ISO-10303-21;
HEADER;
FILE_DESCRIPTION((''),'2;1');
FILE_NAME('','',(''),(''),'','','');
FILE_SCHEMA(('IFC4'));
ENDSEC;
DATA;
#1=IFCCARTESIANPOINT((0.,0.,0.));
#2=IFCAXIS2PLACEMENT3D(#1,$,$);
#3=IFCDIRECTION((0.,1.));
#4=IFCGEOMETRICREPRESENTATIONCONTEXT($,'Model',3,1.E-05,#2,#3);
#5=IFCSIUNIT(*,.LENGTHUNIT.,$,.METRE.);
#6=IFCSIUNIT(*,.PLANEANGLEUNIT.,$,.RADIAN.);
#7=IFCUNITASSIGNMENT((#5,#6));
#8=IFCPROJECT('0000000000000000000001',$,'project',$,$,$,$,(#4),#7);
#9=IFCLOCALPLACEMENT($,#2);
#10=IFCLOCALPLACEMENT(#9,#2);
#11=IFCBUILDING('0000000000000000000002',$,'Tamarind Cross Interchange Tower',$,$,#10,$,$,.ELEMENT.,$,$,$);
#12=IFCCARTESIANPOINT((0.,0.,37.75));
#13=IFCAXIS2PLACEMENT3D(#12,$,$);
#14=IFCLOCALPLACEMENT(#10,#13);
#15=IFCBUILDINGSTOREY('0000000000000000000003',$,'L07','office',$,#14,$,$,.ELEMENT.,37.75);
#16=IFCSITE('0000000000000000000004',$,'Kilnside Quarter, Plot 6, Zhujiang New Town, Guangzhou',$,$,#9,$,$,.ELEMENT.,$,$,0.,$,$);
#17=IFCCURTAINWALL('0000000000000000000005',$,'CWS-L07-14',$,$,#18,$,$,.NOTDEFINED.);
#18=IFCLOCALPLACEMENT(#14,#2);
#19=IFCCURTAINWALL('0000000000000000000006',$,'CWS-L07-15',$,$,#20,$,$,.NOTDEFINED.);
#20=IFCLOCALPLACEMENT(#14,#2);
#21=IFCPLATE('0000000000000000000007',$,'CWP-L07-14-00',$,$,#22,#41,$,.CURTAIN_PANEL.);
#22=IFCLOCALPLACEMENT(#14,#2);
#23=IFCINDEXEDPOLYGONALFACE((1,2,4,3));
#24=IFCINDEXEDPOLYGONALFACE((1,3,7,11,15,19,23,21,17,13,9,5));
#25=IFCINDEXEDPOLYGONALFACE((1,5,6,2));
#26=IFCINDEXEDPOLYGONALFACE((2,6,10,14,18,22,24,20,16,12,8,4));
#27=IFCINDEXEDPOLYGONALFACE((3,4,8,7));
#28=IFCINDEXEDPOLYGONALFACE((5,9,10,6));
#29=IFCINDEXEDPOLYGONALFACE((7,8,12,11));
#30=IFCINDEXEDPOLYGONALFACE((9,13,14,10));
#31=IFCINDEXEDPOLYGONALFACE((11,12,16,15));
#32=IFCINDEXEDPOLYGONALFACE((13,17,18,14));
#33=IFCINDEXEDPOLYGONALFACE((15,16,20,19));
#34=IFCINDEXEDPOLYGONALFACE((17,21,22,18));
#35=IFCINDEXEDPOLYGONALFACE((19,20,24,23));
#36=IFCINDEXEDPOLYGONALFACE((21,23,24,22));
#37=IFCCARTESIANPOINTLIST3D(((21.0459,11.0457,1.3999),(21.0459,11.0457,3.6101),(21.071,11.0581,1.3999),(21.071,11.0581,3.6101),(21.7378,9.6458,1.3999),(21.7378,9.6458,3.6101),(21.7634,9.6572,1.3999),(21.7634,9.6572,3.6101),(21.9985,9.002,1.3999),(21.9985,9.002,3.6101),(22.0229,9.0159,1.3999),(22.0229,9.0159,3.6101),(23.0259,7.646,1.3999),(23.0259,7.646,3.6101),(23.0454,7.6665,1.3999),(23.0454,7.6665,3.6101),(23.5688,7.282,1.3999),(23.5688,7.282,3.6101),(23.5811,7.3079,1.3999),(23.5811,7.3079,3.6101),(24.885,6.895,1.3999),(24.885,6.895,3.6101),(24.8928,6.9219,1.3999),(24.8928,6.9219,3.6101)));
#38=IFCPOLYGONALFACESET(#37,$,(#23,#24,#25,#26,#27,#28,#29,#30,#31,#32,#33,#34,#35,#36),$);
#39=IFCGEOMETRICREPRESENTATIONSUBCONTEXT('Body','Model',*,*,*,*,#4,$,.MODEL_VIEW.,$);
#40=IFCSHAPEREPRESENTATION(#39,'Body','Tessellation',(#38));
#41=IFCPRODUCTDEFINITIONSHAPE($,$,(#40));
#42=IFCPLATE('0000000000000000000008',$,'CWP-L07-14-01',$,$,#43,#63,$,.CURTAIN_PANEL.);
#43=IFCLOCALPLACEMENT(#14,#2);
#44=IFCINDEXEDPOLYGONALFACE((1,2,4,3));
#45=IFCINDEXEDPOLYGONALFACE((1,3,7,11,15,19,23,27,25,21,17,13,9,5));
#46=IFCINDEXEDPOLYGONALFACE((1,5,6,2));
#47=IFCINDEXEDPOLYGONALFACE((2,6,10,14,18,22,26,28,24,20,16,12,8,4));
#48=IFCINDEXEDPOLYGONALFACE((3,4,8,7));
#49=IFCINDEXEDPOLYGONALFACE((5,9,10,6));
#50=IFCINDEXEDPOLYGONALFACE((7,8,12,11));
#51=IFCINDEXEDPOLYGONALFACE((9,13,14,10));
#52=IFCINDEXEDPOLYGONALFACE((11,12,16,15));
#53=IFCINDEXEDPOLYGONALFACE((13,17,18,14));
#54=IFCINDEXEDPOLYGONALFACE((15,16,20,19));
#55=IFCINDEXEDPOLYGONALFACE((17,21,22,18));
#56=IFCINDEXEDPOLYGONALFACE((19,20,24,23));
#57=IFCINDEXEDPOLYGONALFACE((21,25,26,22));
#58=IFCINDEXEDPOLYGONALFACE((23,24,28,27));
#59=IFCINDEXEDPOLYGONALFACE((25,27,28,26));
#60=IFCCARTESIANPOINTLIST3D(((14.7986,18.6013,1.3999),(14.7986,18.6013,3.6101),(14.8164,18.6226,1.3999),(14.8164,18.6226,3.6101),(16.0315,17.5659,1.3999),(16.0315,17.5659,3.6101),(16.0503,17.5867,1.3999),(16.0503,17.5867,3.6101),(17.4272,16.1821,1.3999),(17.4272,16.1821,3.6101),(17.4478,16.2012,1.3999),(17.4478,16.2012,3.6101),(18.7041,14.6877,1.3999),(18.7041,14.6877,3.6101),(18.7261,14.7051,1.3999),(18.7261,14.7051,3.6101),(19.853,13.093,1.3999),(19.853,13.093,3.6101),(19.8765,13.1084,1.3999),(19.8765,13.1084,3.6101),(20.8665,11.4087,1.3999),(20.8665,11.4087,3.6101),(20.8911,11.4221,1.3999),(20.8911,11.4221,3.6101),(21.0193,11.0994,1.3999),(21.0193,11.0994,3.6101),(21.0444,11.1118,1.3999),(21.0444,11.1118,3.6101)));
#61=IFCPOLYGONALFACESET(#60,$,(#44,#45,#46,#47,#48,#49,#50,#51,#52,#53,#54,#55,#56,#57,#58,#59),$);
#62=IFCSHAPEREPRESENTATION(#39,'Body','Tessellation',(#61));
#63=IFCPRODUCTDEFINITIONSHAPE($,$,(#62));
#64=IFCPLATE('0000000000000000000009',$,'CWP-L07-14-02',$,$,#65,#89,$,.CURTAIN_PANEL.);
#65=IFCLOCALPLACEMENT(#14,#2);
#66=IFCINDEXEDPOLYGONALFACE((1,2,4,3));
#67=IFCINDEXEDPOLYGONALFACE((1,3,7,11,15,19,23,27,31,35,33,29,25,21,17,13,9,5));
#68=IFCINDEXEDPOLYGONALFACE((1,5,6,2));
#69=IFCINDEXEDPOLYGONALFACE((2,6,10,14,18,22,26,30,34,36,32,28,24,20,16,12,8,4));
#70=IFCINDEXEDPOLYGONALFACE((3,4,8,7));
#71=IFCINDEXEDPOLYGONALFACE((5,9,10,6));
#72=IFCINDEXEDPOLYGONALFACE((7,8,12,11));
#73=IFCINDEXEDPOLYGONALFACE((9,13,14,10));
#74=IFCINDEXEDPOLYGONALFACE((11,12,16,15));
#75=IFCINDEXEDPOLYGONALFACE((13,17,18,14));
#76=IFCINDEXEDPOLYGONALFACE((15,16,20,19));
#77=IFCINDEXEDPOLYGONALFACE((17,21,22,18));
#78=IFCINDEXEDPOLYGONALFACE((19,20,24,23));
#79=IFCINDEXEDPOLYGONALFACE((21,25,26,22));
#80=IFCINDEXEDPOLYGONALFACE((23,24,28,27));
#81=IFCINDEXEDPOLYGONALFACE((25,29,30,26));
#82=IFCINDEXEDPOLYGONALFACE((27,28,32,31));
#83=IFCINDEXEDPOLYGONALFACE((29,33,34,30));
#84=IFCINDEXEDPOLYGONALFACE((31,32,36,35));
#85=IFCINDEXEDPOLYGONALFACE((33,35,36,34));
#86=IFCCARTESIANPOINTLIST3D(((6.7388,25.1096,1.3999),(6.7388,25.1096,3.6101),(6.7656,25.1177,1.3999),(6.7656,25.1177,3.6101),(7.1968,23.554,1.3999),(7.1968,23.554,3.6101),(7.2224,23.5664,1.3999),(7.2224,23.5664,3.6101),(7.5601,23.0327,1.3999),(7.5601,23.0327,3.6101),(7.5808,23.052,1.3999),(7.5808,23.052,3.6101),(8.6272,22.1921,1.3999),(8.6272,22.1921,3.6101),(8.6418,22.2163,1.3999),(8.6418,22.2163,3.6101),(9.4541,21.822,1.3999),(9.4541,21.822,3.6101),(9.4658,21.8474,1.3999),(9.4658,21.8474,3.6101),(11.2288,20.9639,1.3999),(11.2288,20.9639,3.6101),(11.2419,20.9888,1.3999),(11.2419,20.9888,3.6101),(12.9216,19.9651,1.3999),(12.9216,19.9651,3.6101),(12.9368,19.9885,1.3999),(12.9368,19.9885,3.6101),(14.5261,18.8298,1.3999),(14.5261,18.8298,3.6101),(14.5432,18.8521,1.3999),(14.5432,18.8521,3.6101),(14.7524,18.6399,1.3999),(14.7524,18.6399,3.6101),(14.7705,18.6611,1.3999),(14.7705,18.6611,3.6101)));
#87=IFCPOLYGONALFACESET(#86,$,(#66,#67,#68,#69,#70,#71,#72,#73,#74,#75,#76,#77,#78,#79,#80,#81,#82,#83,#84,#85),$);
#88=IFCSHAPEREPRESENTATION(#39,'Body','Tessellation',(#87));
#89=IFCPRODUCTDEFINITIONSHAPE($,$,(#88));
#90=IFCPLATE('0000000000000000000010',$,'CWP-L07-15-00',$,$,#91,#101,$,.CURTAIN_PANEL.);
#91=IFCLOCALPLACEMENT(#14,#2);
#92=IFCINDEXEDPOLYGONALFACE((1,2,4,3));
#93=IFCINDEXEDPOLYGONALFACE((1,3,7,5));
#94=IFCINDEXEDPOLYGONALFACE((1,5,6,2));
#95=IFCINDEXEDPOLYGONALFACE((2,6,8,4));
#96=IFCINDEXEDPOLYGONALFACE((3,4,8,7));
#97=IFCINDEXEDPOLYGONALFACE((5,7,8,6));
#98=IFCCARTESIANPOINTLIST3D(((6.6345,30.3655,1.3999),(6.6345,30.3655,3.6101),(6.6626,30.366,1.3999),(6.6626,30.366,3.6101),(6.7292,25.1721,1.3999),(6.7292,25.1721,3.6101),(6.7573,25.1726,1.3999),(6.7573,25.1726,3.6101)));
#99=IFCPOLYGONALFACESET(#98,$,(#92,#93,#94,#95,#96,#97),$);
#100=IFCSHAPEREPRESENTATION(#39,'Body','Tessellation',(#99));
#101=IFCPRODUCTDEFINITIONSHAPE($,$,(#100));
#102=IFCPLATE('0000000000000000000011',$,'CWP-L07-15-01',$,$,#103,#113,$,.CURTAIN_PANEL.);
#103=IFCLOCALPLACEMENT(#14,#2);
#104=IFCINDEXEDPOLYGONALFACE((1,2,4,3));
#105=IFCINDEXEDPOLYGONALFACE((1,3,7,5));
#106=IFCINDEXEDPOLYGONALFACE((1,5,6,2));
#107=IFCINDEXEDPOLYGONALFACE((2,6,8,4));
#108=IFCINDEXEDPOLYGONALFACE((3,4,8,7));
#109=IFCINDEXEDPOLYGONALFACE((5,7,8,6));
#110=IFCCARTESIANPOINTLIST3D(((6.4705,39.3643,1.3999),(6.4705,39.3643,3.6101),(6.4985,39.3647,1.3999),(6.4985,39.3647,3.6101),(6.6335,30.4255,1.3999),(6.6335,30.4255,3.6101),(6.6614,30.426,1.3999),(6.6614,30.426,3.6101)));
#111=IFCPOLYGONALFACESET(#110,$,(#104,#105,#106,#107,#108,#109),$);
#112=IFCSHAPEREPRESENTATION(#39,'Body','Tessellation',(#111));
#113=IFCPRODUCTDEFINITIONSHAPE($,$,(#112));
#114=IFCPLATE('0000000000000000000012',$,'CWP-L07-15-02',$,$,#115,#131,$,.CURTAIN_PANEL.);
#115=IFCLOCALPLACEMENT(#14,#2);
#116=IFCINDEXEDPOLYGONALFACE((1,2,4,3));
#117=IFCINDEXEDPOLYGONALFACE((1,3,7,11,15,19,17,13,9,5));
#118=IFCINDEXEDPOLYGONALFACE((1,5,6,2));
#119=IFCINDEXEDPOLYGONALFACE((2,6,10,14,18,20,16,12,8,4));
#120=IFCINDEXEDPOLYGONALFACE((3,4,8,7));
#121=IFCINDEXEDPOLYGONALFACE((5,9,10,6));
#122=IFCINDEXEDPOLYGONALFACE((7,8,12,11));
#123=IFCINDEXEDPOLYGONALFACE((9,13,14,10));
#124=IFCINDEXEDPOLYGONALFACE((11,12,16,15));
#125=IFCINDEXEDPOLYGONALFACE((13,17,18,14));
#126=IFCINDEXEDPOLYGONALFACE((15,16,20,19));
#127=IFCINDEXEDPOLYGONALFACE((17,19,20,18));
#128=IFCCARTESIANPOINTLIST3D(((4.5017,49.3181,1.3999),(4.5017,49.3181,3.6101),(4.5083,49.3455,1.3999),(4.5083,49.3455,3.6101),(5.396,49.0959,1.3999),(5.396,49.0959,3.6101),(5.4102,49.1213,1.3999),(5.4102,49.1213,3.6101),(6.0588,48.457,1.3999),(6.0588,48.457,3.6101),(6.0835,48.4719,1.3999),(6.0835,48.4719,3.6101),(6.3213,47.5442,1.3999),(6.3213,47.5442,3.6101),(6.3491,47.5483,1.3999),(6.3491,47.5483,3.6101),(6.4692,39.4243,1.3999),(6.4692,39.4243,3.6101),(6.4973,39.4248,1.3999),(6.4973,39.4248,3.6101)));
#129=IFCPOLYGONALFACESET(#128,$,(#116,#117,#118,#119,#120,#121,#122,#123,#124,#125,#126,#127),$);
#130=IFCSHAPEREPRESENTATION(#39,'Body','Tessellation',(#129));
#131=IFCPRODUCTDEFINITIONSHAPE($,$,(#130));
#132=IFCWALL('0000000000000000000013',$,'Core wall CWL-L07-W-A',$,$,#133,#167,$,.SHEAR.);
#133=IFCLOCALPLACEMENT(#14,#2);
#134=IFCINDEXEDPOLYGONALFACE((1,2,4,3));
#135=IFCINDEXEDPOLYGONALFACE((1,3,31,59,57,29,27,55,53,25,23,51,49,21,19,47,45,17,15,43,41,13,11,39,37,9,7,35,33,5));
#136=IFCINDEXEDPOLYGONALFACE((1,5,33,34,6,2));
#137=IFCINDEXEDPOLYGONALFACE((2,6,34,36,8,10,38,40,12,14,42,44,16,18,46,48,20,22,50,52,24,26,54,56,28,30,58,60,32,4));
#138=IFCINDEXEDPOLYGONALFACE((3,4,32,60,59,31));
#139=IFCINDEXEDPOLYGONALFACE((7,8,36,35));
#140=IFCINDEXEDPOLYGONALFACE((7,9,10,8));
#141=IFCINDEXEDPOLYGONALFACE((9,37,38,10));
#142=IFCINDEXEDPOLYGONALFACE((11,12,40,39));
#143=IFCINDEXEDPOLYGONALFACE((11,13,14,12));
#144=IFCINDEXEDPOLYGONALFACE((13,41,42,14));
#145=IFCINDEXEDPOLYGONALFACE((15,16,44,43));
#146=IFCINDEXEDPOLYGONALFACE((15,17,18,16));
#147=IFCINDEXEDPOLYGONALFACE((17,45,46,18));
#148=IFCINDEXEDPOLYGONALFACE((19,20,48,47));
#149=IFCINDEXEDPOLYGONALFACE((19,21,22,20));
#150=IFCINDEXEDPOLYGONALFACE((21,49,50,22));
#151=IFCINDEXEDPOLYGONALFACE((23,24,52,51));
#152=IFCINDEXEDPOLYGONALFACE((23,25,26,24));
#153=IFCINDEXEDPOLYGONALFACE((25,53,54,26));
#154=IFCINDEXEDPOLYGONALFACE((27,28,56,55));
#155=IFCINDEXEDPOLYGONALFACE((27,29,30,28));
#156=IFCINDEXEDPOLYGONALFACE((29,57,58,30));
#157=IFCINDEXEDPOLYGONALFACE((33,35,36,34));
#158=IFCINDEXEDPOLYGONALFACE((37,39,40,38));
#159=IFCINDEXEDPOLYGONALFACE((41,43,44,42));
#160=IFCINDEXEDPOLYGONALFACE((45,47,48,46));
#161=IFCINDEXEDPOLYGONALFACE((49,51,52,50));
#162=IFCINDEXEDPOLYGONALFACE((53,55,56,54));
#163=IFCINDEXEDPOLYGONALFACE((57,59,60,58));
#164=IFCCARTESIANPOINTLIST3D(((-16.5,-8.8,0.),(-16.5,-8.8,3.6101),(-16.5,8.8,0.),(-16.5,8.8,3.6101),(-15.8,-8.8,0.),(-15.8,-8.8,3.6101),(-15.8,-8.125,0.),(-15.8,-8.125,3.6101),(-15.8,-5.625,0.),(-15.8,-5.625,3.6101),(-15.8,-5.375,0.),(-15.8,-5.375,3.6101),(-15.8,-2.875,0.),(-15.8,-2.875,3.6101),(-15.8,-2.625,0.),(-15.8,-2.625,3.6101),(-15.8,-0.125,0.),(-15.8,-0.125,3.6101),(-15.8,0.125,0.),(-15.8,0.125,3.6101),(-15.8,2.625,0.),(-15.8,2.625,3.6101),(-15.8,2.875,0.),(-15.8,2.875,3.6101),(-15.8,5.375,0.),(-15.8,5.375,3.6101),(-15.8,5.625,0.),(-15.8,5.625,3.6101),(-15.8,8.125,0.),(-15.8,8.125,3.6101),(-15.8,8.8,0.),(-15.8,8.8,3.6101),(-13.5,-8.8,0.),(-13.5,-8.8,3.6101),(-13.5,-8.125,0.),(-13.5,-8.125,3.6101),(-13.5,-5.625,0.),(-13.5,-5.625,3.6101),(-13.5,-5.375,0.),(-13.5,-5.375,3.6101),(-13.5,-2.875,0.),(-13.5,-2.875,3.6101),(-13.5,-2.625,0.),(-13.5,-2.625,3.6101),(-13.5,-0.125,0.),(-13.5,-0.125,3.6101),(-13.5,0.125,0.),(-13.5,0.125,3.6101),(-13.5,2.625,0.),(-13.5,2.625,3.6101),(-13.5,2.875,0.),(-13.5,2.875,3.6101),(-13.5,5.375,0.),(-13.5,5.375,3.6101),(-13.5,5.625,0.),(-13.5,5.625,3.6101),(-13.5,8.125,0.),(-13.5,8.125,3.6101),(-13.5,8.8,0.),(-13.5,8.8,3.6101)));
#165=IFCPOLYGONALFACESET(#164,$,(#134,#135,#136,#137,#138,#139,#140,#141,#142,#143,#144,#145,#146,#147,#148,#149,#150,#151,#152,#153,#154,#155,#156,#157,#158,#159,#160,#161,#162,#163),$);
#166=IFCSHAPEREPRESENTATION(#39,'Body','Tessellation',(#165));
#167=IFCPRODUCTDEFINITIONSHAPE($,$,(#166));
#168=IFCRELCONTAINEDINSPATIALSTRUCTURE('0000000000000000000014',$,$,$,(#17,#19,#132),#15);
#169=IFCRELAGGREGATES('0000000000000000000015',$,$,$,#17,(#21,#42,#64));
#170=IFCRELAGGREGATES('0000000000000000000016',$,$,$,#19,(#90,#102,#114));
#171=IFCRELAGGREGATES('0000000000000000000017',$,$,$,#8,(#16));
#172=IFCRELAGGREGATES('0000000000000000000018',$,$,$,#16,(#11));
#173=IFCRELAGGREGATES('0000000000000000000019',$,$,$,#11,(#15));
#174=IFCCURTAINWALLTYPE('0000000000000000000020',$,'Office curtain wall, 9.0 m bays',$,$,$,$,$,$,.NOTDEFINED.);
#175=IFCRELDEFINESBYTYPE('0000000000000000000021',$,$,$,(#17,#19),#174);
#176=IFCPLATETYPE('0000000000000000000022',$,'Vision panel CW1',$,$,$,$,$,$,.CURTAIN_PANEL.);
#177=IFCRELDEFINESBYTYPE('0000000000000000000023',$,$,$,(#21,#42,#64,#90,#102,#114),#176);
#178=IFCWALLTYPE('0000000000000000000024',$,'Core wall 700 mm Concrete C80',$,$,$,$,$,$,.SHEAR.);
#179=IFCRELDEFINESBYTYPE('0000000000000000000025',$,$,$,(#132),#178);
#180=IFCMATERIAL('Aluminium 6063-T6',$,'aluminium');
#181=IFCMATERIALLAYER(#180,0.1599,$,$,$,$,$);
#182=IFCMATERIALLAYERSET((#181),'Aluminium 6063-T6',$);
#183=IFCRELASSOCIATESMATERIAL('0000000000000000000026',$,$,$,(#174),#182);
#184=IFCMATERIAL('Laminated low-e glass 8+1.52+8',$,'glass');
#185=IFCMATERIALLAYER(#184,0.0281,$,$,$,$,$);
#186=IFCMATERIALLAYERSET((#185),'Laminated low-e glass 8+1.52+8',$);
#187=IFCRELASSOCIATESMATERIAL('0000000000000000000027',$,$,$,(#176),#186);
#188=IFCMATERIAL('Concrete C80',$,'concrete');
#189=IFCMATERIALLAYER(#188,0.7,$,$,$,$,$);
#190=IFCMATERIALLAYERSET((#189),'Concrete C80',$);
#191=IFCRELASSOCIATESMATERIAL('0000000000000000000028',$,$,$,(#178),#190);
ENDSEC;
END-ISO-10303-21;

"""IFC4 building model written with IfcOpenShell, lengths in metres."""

from ifc_helpers import new_model, si_unit, direction, frame, origin, place, context, subcontext, project, spatial, polyline, outline, extrude, material, layer, layer_set, type_object, element, aggregate, save


model = new_model("IFC4")

# Units and contexts
model_context = context("Model", 3, precision=1e-05, world=origin(), true_north=direction((0.0, 1.0)))
body_context = subcontext(model_context, "Body", "Model", "MODEL_VIEW")
ifc_project = project(units=[si_unit("LENGTHUNIT", "METRE"), si_unit("PLANEANGLEUNIT", "RADIAN")], contexts=[model_context])

# Site, building, storey
site_placement = place(None, origin())
site = spatial("IfcSite", under=ifc_project, at=site_placement, Name="Kilnside Quarter, Plot 6, Zhujiang New Town, Guangzhou", CompositionType="ELEMENT", RefElevation=0.0)
building_placement = place(site_placement, origin())
building = spatial("IfcBuilding", under=site, at=building_placement, Name="Tamarind Cross Interchange Tower", CompositionType="ELEMENT")
storey_placement = place(building_placement, frame((0.0, 0.0, 37.75)))
storey = spatial("IfcBuildingStorey", under=building, at=storey_placement, Name="L07", Description="office", CompositionType="ELEMENT", Elevation=37.75)

# Curtain walls
ifc_material_1 = material(Name="Aluminium 6063-T6", Category="aluminium")
ifc_layer_1 = layer(ifc_material_1, 0.1599)
ifc_layer_set_1 = layer_set([ifc_layer_1], Name="Aluminium 6063-T6")
curtain_wall_type = type_object("IfcCurtainWallType", Name="Office curtain wall, 9.0 m bays", PredefinedType="NOTDEFINED", material=ifc_layer_set_1)
curtain_wall_1_placement = place(storey_placement, origin())
curtain_wall_1 = element("IfcCurtainWall", 1, at=curtain_wall_1_placement, inside=storey, type_object=curtain_wall_type, Name="CWS-L07-14", PredefinedType="NOTDEFINED")
curtain_wall_2_placement = place(storey_placement, origin())
curtain_wall_2 = element("IfcCurtainWall", 2, at=curtain_wall_2_placement, inside=storey, type_object=curtain_wall_type, Name="CWS-L07-15", PredefinedType="NOTDEFINED")

# Plates
ifc_material_2 = material(Name="Laminated low-e glass 8+1.52+8", Category="glass")
ifc_layer_2 = layer(ifc_material_2, 0.0281)
ifc_layer_set_2 = layer_set([ifc_layer_2], Name="Laminated low-e glass 8+1.52+8")
plate_type = type_object("IfcPlateType", Name="Vision panel CW1", PredefinedType="CURTAIN_PANEL", material=ifc_layer_set_2)
plate_1_placement = place(storey_placement, frame((0.0, 0.0, 1.3999)))
plate_1 = element("IfcPlate", 3, at=plate_1_placement, type_object=plate_type, Name="CWP-L07-14-00", PredefinedType="CURTAIN_PANEL", context=body_context, shape_type="SweptSolid", body=[
    extrude(outline(polyline([(24.885, 6.895), (23.5688, 7.282), (23.0259, 7.646), (21.9985, 9.002), (21.7378, 9.6458), (21.0459, 11.0457), (21.071, 11.0581), (21.7634, 9.6572), (22.0229, 9.0159), (23.0454, 7.6665), (23.5811, 7.3079), (24.8928, 6.9219), (24.885, 6.895)])), origin(), (0.0, 0.0, 1.0), 2.2102),
])
plate_2_placement = place(storey_placement, frame((0.0, 0.0, 1.3999)))
plate_2 = element("IfcPlate", 4, at=plate_2_placement, type_object=plate_type, Name="CWP-L07-14-01", PredefinedType="CURTAIN_PANEL", context=body_context, shape_type="SweptSolid", body=[
    extrude(outline(polyline([(21.0193, 11.0994), (20.8665, 11.4087), (19.853, 13.093), (18.7041, 14.6877), (17.4272, 16.1821), (16.0315, 17.5659), (14.7986, 18.6013), (14.8164, 18.6226), (16.0503, 17.5867), (17.4478, 16.2012), (18.7261, 14.7051), (19.8765, 13.1084), (20.8911, 11.4221), (21.0444, 11.1118), (21.0193, 11.0994)])), origin(), (0.0, 0.0, 1.0), 2.2102),
])
plate_3_placement = place(storey_placement, frame((0.0, 0.0, 1.3999)))
plate_3 = element("IfcPlate", 5, at=plate_3_placement, type_object=plate_type, Name="CWP-L07-14-02", PredefinedType="CURTAIN_PANEL", context=body_context, shape_type="SweptSolid", body=[
    extrude(outline(polyline([(14.7524, 18.6399), (14.5261, 18.8298), (12.9216, 19.9651), (11.2288, 20.9639), (9.4541, 21.822), (8.6272, 22.1921), (7.5601, 23.0327), (7.1968, 23.554), (6.7388, 25.1096), (6.7656, 25.1177), (7.2224, 23.5664), (7.5808, 23.052), (8.6418, 22.2163), (9.4658, 21.8474), (11.2419, 20.9888), (12.9368, 19.9885), (14.5432, 18.8521), (14.7705, 18.6611), (14.7524, 18.6399)])), origin(), (0.0, 0.0, 1.0), 2.2102),
])
aggregate(curtain_wall_1, [plate_1, plate_2, plate_3])
plate_4_placement = place(storey_placement, frame((0.0, 0.0, 1.3999)))
plate_4 = element("IfcPlate", 6, at=plate_4_placement, type_object=plate_type, Name="CWP-L07-15-00", PredefinedType="CURTAIN_PANEL", context=body_context, shape_type="SweptSolid", body=[
    extrude(outline(polyline([(6.7292, 25.1721), (6.6345, 30.3655), (6.6626, 30.366), (6.7573, 25.1726), (6.7292, 25.1721)])), origin(), (0.0, 0.0, 1.0), 2.2102),
])
plate_5_placement = place(storey_placement, frame((0.0, 0.0, 1.3999)))
plate_5 = element("IfcPlate", 7, at=plate_5_placement, type_object=plate_type, Name="CWP-L07-15-01", PredefinedType="CURTAIN_PANEL", context=body_context, shape_type="SweptSolid", body=[
    extrude(outline(polyline([(6.6335, 30.4255), (6.4705, 39.3643), (6.4985, 39.3647), (6.6614, 30.426), (6.6335, 30.4255)])), origin(), (0.0, 0.0, 1.0), 2.2102),
])
plate_6_placement = place(storey_placement, frame((0.0, 0.0, 1.3999)))
plate_6 = element("IfcPlate", 8, at=plate_6_placement, type_object=plate_type, Name="CWP-L07-15-02", PredefinedType="CURTAIN_PANEL", context=body_context, shape_type="SweptSolid", body=[
    extrude(outline(polyline([(6.4692, 39.4243), (6.3213, 47.5442), (6.0588, 48.457), (5.396, 49.0959), (4.5017, 49.3181), (4.5083, 49.3455), (5.4102, 49.1213), (6.0835, 48.4719), (6.3491, 47.5483), (6.4973, 39.4248), (6.4692, 39.4243)])), origin(), (0.0, 0.0, 1.0), 2.2102),
])
aggregate(curtain_wall_2, [plate_4, plate_5, plate_6])

# Wall
ifc_material_3 = material(Name="Concrete C80", Category="concrete")
ifc_layer_3 = layer(ifc_material_3, 0.7)
ifc_layer_set_3 = layer_set([ifc_layer_3], Name="Concrete C80")
wall_type_1 = type_object("IfcWallType", Name="Core wall 700 mm Concrete C80", PredefinedType="SHEAR", material=ifc_layer_set_3)
wall_1_placement = place(storey_placement, origin())
element("IfcWall", 9, at=wall_1_placement, inside=storey, type_object=wall_type_1, Name="Core wall CWL-L07-W-A", PredefinedType="SHEAR", context=body_context, shape_type="SweptSolid", body=[
    extrude(outline(polyline([(-13.5, -8.8), (-13.5, -8.125), (-15.8, -8.125), (-15.8, -5.625), (-13.5, -5.625), (-13.5, -5.375), (-15.8, -5.375), (-15.8, -2.875), (-13.5, -2.875), (-13.5, -2.625), (-15.8, -2.625), (-15.8, -0.125), (-13.5, -0.125), (-13.5, 0.125), (-15.8, 0.125), (-15.8, 2.625), (-13.5, 2.625), (-13.5, 2.875), (-15.8, 2.875), (-15.8, 5.375), (-13.5, 5.375), (-13.5, 5.625), (-15.8, 5.625), (-15.8, 8.125), (-13.5, 8.125), (-13.5, 8.8), (-15.8, 8.8), (-16.5, 8.8), (-16.5, -8.8), (-15.8, -8.8), (-13.5, -8.8)])), origin(), (0.0, 0.0, 1.0), 3.6101),
])

save(model, "model.ifc")
